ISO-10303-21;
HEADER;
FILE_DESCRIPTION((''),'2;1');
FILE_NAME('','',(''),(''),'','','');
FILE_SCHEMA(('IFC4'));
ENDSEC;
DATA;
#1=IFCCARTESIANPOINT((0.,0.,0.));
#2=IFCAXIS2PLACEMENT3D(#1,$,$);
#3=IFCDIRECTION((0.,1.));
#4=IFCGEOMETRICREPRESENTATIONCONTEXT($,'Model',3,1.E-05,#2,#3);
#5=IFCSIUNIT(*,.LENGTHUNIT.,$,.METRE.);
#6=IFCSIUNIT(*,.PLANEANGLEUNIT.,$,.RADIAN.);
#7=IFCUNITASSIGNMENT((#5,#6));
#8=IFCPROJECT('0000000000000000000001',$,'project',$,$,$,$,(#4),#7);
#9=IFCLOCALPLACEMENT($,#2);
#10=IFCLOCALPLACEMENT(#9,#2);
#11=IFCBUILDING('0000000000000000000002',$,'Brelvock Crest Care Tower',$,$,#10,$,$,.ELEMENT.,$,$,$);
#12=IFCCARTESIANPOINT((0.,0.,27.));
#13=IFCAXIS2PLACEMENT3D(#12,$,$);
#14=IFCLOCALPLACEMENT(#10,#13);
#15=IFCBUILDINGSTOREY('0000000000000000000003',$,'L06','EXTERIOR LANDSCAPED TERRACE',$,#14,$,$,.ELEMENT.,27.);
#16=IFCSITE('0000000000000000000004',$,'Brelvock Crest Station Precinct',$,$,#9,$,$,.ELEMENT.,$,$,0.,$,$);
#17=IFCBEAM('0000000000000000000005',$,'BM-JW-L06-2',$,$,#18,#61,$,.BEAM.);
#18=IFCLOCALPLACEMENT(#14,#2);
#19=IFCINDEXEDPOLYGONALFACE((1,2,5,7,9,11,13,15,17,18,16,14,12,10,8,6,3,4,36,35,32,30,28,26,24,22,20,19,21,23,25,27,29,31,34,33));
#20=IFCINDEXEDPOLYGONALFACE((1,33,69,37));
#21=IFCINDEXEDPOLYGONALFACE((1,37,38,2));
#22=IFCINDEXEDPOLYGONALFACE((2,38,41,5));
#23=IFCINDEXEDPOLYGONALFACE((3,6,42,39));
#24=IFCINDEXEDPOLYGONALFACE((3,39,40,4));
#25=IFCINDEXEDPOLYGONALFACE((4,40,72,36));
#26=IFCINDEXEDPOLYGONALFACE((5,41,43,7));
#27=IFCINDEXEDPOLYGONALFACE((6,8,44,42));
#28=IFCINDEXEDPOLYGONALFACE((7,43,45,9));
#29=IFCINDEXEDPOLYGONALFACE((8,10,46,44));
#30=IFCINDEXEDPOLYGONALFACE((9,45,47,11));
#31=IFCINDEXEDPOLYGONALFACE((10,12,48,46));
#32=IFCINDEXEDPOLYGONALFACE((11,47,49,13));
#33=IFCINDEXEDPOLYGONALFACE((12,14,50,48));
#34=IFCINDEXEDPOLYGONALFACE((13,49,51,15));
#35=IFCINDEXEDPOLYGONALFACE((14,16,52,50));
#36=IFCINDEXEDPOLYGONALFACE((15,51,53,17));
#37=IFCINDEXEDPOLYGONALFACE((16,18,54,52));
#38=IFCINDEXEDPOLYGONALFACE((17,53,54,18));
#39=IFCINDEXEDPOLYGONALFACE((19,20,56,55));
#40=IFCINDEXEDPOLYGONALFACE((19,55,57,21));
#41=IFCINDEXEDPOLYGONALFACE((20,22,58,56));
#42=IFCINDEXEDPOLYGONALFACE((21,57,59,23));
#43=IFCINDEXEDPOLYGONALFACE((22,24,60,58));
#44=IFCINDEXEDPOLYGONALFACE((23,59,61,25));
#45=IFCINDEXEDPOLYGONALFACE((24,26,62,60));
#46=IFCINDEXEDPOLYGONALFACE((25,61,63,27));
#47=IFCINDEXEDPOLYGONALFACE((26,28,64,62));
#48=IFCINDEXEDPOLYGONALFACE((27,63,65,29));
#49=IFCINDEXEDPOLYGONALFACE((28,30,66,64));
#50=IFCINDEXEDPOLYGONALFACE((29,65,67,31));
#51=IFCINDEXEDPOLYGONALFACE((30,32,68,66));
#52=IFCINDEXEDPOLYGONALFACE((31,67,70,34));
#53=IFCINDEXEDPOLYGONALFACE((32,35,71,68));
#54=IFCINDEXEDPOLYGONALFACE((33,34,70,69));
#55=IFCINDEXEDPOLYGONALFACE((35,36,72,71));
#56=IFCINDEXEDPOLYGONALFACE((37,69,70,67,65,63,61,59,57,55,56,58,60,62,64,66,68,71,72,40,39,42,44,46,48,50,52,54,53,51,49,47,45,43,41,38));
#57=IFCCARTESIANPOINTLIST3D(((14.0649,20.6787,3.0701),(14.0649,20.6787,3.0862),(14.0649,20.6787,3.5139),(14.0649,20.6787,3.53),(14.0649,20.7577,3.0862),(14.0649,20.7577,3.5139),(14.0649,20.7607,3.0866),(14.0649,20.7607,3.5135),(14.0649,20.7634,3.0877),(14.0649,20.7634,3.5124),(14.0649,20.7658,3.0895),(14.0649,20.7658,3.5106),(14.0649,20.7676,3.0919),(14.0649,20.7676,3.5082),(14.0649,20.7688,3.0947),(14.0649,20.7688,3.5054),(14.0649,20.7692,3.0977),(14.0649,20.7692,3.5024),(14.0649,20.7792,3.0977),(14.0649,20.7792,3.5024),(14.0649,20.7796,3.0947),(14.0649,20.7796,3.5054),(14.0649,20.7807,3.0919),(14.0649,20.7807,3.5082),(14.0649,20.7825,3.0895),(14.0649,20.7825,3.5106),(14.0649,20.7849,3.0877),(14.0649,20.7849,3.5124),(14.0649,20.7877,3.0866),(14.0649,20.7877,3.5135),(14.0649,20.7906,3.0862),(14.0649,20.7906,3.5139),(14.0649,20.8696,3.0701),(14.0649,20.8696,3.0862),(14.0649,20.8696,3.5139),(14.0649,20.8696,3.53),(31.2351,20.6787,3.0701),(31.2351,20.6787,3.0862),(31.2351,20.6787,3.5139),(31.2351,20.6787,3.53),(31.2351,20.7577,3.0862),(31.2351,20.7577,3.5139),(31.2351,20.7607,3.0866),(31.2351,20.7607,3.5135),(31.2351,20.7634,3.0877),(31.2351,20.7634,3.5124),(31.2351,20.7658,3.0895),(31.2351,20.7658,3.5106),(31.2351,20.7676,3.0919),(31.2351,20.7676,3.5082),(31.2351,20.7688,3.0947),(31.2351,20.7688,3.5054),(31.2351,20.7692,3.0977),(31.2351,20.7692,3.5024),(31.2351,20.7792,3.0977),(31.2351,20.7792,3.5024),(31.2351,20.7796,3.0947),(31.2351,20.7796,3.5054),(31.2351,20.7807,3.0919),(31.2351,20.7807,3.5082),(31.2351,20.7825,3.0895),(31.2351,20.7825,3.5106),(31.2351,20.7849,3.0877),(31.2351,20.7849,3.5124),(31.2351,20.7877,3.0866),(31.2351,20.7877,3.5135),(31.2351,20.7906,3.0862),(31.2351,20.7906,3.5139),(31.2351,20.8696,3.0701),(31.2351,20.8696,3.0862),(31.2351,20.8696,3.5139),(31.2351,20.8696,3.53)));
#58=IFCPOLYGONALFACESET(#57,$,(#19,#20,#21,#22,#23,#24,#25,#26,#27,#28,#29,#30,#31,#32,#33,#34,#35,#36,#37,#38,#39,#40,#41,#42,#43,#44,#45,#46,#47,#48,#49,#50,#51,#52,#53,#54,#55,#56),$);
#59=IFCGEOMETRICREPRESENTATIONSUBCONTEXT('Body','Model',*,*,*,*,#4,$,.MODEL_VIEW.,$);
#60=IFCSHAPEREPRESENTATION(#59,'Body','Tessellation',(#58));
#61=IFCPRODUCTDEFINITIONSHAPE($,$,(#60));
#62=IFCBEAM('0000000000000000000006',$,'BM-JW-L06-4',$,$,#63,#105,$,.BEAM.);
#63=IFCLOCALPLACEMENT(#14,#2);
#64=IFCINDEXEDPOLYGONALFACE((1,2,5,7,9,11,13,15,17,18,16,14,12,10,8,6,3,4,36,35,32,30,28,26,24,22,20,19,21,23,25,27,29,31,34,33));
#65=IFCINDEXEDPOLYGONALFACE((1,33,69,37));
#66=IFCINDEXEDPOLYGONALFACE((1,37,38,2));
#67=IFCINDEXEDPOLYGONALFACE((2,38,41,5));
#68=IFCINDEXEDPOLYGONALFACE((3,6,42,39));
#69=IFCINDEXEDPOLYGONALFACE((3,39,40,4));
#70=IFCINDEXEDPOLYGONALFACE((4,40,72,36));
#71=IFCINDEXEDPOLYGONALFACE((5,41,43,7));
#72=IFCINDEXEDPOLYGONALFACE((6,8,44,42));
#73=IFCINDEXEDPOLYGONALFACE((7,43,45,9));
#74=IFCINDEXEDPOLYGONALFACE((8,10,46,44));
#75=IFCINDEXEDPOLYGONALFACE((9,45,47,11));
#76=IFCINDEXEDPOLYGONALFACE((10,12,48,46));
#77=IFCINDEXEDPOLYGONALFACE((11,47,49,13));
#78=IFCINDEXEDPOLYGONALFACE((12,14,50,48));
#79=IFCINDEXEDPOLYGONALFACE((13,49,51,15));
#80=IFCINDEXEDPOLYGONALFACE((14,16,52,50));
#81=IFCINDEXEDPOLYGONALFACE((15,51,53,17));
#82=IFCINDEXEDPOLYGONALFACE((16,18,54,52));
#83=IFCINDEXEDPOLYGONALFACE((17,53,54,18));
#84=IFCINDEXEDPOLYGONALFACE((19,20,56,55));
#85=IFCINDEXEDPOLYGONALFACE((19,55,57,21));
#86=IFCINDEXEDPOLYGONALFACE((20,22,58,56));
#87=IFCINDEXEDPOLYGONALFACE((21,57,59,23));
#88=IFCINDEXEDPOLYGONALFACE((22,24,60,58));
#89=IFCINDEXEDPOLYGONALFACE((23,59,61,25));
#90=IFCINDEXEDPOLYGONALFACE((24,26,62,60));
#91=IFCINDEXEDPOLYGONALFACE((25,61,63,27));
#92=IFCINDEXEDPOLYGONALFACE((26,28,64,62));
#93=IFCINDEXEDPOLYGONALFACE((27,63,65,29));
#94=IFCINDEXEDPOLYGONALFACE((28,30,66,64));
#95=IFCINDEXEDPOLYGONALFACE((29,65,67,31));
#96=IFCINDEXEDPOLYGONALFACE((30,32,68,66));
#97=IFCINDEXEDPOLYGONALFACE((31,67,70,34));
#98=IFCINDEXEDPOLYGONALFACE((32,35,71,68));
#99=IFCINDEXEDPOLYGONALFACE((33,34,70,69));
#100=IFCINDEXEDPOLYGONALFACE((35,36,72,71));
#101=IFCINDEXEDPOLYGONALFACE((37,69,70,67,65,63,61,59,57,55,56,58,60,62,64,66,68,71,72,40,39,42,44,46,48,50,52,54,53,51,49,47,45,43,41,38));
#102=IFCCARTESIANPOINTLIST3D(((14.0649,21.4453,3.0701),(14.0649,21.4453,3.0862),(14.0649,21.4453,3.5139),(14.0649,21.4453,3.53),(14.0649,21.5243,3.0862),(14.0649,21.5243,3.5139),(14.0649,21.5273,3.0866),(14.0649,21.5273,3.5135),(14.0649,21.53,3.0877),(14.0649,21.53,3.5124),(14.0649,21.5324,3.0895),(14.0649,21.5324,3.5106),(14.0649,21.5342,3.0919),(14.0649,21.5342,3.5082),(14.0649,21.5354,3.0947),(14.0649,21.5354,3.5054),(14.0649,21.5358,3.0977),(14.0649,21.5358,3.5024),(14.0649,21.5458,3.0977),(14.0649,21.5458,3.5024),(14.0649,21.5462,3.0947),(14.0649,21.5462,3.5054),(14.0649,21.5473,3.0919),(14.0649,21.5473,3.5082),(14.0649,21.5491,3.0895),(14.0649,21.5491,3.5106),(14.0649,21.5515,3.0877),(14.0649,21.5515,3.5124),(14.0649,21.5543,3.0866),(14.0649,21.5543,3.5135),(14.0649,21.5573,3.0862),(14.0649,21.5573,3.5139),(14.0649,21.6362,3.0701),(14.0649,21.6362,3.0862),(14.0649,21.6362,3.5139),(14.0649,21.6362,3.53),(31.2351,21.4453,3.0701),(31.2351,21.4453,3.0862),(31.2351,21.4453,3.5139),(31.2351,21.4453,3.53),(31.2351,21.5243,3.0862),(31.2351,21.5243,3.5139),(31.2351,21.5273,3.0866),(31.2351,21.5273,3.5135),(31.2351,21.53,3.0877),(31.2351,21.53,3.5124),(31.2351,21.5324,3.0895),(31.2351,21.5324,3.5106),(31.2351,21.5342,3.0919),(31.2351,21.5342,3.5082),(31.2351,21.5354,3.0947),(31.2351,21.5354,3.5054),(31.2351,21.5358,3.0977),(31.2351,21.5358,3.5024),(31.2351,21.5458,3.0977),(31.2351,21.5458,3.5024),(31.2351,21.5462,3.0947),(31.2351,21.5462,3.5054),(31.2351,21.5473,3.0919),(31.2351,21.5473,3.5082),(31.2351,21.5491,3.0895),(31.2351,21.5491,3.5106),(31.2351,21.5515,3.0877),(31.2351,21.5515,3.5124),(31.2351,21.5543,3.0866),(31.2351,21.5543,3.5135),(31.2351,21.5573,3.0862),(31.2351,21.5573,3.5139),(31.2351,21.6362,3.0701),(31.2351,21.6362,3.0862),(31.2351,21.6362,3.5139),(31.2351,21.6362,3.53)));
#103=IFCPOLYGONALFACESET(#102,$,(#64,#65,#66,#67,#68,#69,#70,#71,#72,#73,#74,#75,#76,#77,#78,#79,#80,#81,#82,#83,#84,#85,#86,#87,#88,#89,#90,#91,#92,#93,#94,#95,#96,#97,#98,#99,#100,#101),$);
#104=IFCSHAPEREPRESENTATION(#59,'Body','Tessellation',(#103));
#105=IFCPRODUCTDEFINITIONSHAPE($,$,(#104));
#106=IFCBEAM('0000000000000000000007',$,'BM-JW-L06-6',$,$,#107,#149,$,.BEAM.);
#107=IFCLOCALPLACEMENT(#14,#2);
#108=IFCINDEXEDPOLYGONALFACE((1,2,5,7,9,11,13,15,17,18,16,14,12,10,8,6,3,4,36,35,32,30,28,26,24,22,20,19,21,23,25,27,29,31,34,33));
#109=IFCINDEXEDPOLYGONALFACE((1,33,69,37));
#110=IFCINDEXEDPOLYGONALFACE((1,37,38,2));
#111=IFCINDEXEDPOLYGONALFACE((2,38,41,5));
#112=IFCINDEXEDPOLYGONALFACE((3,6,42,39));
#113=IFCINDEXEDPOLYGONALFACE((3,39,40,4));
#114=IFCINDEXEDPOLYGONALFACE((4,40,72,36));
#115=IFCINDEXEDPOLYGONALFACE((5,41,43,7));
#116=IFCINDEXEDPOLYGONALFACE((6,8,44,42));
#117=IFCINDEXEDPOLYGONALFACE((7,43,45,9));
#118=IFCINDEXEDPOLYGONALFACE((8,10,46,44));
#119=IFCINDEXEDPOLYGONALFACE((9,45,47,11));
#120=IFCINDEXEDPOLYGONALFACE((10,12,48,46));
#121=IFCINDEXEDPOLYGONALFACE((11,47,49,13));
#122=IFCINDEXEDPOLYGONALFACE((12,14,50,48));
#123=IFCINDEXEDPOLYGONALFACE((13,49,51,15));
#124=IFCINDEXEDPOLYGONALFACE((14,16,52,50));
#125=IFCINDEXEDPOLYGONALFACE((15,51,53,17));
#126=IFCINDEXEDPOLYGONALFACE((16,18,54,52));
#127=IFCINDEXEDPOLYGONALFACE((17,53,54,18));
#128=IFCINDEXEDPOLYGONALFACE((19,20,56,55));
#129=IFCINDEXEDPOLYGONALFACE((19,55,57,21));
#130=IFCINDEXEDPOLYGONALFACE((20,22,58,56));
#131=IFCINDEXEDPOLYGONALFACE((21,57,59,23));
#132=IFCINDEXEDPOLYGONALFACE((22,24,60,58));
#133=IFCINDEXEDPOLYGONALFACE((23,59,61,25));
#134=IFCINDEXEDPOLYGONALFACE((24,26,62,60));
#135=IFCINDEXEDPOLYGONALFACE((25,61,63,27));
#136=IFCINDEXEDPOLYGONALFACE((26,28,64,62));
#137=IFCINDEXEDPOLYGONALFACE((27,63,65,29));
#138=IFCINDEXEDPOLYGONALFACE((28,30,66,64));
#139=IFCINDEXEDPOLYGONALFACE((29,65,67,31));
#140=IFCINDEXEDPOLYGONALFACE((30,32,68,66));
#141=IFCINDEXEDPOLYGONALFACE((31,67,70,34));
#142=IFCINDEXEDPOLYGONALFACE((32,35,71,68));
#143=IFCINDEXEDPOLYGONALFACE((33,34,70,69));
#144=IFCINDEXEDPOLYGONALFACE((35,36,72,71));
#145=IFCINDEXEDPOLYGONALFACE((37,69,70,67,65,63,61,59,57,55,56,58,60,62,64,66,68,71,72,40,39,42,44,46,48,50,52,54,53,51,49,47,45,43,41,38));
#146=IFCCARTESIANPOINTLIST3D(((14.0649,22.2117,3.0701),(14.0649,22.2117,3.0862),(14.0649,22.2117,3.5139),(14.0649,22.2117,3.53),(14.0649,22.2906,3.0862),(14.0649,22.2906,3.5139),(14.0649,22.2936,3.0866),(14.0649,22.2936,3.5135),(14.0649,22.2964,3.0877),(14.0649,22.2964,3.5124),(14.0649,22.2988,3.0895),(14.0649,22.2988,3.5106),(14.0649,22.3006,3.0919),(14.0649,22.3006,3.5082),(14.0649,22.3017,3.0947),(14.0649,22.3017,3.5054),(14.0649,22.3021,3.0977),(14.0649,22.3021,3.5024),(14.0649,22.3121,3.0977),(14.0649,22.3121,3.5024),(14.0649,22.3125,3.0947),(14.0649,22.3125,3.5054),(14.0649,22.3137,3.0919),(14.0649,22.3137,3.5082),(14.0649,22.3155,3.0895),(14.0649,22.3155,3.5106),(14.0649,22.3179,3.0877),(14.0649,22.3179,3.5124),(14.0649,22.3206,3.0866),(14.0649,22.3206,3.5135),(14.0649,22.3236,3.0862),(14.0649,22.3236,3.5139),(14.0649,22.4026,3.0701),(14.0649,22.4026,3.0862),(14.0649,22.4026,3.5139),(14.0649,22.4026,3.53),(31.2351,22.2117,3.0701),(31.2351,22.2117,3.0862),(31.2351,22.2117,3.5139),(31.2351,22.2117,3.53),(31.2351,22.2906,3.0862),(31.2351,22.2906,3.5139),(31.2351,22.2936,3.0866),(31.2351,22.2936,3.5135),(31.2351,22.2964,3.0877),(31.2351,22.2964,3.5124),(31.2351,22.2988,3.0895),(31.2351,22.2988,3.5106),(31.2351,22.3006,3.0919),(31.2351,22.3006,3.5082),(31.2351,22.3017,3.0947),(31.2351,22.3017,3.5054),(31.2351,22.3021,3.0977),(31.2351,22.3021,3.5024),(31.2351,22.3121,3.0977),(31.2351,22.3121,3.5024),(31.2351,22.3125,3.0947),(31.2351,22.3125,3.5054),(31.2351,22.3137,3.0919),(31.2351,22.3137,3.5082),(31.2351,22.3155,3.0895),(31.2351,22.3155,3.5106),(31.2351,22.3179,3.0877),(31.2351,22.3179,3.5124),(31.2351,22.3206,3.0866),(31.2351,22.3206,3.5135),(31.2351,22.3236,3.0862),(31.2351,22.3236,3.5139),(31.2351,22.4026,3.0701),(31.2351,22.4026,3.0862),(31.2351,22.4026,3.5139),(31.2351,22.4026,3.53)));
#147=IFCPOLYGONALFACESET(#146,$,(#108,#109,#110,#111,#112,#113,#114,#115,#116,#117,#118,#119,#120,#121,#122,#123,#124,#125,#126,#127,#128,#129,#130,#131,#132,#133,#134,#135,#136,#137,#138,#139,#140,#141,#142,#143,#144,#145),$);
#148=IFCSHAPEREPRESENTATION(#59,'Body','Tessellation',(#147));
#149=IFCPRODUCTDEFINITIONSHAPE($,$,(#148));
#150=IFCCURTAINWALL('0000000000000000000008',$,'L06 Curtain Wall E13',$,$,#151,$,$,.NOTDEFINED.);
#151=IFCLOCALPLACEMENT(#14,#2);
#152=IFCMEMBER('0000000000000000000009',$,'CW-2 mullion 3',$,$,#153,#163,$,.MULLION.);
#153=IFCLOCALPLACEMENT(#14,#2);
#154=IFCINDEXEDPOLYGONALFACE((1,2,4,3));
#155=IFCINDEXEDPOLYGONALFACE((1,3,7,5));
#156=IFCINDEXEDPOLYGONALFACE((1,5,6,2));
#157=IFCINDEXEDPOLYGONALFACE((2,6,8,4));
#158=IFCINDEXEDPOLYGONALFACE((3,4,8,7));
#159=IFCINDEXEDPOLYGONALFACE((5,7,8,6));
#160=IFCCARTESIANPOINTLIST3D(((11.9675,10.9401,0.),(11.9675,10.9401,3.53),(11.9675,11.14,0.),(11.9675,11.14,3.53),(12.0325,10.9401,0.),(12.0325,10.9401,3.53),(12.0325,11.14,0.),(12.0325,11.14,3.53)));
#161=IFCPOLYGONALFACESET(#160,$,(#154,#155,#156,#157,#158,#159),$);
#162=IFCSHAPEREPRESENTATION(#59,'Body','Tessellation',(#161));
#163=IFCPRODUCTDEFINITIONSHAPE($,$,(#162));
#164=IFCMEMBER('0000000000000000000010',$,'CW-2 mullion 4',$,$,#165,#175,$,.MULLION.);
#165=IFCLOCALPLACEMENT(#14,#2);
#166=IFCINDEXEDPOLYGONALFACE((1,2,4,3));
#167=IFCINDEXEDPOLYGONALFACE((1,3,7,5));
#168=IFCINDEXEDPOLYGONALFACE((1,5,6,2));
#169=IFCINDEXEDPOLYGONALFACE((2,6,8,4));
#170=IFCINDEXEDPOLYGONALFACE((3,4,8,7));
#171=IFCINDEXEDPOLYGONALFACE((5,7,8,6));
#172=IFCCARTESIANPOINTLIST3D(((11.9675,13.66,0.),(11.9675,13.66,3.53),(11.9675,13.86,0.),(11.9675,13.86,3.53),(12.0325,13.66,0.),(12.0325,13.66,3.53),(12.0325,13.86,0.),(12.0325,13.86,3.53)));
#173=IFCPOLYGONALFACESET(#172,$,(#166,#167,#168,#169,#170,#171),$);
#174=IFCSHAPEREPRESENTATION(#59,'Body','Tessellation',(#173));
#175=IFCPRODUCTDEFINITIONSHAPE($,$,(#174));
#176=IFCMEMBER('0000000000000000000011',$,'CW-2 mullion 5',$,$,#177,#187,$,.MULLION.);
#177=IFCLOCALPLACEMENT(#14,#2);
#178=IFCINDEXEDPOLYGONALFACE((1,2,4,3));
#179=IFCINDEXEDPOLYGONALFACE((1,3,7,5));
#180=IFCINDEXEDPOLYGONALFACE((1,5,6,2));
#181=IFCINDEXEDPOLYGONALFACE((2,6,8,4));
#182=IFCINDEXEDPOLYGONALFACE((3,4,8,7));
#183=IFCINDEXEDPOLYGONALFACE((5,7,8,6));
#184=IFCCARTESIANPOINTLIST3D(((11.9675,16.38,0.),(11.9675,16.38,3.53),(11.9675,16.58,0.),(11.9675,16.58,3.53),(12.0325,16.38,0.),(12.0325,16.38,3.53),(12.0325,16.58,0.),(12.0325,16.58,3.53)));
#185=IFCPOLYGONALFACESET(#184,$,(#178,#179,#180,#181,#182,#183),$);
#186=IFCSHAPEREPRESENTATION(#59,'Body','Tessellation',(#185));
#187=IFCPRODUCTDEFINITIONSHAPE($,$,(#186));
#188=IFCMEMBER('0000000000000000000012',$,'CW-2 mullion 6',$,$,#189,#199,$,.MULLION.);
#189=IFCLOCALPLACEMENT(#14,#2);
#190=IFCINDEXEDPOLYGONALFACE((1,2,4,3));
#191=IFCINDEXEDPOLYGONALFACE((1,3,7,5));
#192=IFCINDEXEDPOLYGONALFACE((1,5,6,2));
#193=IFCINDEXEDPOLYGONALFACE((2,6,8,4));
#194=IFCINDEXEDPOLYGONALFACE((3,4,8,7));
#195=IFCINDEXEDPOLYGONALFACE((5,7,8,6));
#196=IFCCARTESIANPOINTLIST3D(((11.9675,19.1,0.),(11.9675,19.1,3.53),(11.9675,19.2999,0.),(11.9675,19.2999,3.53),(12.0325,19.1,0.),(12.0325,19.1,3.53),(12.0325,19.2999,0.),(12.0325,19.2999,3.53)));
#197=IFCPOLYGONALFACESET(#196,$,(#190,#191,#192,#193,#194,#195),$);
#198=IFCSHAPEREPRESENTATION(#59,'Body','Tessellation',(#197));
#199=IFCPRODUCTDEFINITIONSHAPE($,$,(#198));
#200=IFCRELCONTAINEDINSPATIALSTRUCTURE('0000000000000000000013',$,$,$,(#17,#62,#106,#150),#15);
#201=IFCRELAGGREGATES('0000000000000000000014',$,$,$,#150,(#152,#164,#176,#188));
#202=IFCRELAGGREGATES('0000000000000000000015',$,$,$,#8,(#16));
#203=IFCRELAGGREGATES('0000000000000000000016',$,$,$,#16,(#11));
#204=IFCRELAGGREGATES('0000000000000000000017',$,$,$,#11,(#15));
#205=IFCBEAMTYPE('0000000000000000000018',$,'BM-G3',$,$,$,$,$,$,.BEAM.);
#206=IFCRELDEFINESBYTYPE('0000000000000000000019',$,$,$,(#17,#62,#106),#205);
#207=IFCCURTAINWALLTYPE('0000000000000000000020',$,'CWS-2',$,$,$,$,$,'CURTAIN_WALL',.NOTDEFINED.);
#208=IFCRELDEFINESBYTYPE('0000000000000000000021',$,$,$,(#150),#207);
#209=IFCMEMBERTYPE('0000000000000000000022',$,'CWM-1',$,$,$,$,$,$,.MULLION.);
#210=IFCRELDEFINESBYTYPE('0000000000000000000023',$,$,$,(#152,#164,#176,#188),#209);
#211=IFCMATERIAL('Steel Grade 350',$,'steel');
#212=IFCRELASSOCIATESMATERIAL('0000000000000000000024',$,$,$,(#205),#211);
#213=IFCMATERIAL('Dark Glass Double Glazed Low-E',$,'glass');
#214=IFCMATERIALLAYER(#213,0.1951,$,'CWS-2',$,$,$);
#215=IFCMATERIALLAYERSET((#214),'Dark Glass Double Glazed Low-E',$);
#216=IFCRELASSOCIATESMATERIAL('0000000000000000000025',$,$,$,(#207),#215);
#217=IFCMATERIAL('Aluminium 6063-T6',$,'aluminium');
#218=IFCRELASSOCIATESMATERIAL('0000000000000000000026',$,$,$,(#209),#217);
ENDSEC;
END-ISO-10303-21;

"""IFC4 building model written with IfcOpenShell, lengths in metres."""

from ifc_helpers import new_model, si_unit, direction, frame, origin, origin_2d, place, context, subcontext, project, spatial, rectangle, i_section, extrude, source, transform, mapped, material, layer, layer_set, material_profile, profile_set, type_object, element, aggregate, save


model = new_model("IFC4")

# Units and contexts
model_context = context("Model", 3, precision=1e-05, world=origin(), true_north=direction((0.0, 1.0)))
body_context = subcontext(model_context, "Body", "Model", "MODEL_VIEW")
ifc_project = project(units=[si_unit("LENGTHUNIT", "METRE"), si_unit("PLANEANGLEUNIT", "RADIAN")], contexts=[model_context])

# Site, building, storey
site_placement = place(None, origin())
site = spatial("IfcSite", under=ifc_project, at=site_placement, Name="Brelvock Crest Station Precinct", CompositionType="ELEMENT", RefElevation=0.0)
building_placement = place(site_placement, origin())
building = spatial("IfcBuilding", under=site, at=building_placement, Name="Brelvock Crest Care Tower", CompositionType="ELEMENT")
storey_placement = place(building_placement, frame((0.0, 0.0, 27.0)))
storey = spatial("IfcBuildingStorey", under=building, at=storey_placement, Name="L06", Description="EXTERIOR LANDSCAPED TERRACE", CompositionType="ELEMENT", Elevation=27.0)

# Shared definitions
ifc_material_1 = material(Name="Steel Grade 350", Category="steel")

# Beams
ifc_material_profile_1 = material_profile(ifc_material_1, i_section(OverallWidth=0.1909, OverallDepth=0.46, WebThickness=0.01, FlangeThickness=0.0161, FilletRadius=0.0115, at=origin_2d()), Name="460UB82.1")
ifc_profile_set_1 = profile_set([ifc_material_profile_1], Name="Steel Grade 350")
beam_type_1 = type_object("IfcBeamType", Name="BM-G3", PredefinedType="BEAM", material=ifc_profile_set_1)
shared_shape_1 = source(origin(), body_context, "Body", "SweptSolid", [
    extrude(i_section(OverallWidth=0.1909, OverallDepth=0.46, WebThickness=0.01, FlangeThickness=0.0161, FilletRadius=0.0115, at=origin_2d()), origin(), (0.0, 0.0, 1.0), 17.1702),
])
for number, where, z_axis, x_axis, name in (
    (1, (14.0649, 20.7742, 3.3), (1.0, 0.0, 0.0), (0.0, 1.0, 0.0), "BM-JW-L06-2"),
    (2, (14.0649, 21.5408, 3.3), (1.0, 0.0, 0.0), (0.0, 1.0, 0.0), "BM-JW-L06-4"),
    (3, (14.0649, 22.3071, 3.3), (1.0, 0.0, 0.0), (0.0, 1.0, 0.0), "BM-JW-L06-6"),
):
    element("IfcBeam", number, at=place(storey_placement, frame(where, z_axis=z_axis, x_axis=x_axis)), inside=storey, type_object=beam_type_1, Name=name, PredefinedType="BEAM", context=body_context, shape_type="MappedRepresentation", body=[
        mapped(shared_shape_1, transform((0.0, 0.0, 0.0), x_axis=(1.0, 0.0, 0.0), y_axis=(0.0, 1.0, 0.0), z_axis=(0.0, 0.0, 1.0), scale=1.0)),
    ])

# Curtain wall, members
ifc_material_2 = material(Name="Dark Glass Double Glazed Low-E", Category="glass")
ifc_layer_1 = layer(ifc_material_2, 0.1951, Name="CWS-2")
ifc_layer_set_1 = layer_set([ifc_layer_1], Name="Dark Glass Double Glazed Low-E")
curtain_wall_type = type_object("IfcCurtainWallType", Name="CWS-2", ElementType="CURTAIN_WALL", PredefinedType="NOTDEFINED", material=ifc_layer_set_1)
curtain_wall_placement = place(storey_placement, origin())
curtain_wall = element("IfcCurtainWall", 4, at=curtain_wall_placement, inside=storey, type_object=curtain_wall_type, Name="L06 Curtain Wall E13", PredefinedType="NOTDEFINED")
ifc_material_3 = material(Name="Aluminium 6063-T6", Category="aluminium")
ifc_material_profile_2 = material_profile(ifc_material_3, rectangle(XDim=0.0649, YDim=0.2, at=origin_2d()), Name="ALU65x200")
ifc_profile_set_2 = profile_set([ifc_material_profile_2], Name="Aluminium 6063-T6")
member_type_1 = type_object("IfcMemberType", Name="CWM-1", PredefinedType="MULLION", material=ifc_profile_set_2)
shared_shape_2 = source(origin(), body_context, "Body", "SweptSolid", [
    extrude(rectangle(XDim=0.0649, YDim=0.2, at=origin_2d()), origin(), (0.0, 0.0, 1.0), 3.53),
])
member_1_placement = place(storey_placement, frame((12.0, 11.04, 0.0), z_axis=(0.0, 0.0, 1.0), x_axis=(-1.0, 0.0, 0.0)))
member_1 = element("IfcMember", 5, at=member_1_placement, type_object=member_type_1, Name="CW-2 mullion 3", PredefinedType="MULLION", context=body_context, shape_type="MappedRepresentation", body=[
    mapped(shared_shape_2, transform((0.0, 0.0, 0.0), x_axis=(1.0, 0.0, 0.0), y_axis=(0.0, 1.0, 0.0), z_axis=(0.0, 0.0, 1.0), scale=1.0)),
])
member_2_placement = place(storey_placement, frame((12.0, 13.76, 0.0), z_axis=(0.0, 0.0, 1.0), x_axis=(-1.0, 0.0, 0.0)))
member_2 = element("IfcMember", 6, at=member_2_placement, type_object=member_type_1, Name="CW-2 mullion 4", PredefinedType="MULLION", context=body_context, shape_type="MappedRepresentation", body=[
    mapped(shared_shape_2, transform((0.0, 0.0, 0.0), x_axis=(1.0, 0.0, 0.0), y_axis=(0.0, 1.0, 0.0), z_axis=(0.0, 0.0, 1.0), scale=1.0)),
])
member_3_placement = place(storey_placement, frame((12.0, 16.48, 0.0), z_axis=(0.0, 0.0, 1.0), x_axis=(-1.0, 0.0, 0.0)))
member_3 = element("IfcMember", 7, at=member_3_placement, type_object=member_type_1, Name="CW-2 mullion 5", PredefinedType="MULLION", context=body_context, shape_type="MappedRepresentation", body=[
    mapped(shared_shape_2, transform((0.0, 0.0, 0.0), x_axis=(1.0, 0.0, 0.0), y_axis=(0.0, 1.0, 0.0), z_axis=(0.0, 0.0, 1.0), scale=1.0)),
])
member_4_placement = place(storey_placement, frame((12.0, 19.2, 0.0), z_axis=(0.0, 0.0, 1.0), x_axis=(-1.0, 0.0, 0.0)))
member_4 = element("IfcMember", 8, at=member_4_placement, type_object=member_type_1, Name="CW-2 mullion 6", PredefinedType="MULLION", context=body_context, shape_type="MappedRepresentation", body=[
    mapped(shared_shape_2, transform((0.0, 0.0, 0.0), x_axis=(1.0, 0.0, 0.0), y_axis=(0.0, 1.0, 0.0), z_axis=(0.0, 0.0, 1.0), scale=1.0)),
])
aggregate(curtain_wall, [member_1, member_2, member_3, member_4])

save(model, "model.ifc")
